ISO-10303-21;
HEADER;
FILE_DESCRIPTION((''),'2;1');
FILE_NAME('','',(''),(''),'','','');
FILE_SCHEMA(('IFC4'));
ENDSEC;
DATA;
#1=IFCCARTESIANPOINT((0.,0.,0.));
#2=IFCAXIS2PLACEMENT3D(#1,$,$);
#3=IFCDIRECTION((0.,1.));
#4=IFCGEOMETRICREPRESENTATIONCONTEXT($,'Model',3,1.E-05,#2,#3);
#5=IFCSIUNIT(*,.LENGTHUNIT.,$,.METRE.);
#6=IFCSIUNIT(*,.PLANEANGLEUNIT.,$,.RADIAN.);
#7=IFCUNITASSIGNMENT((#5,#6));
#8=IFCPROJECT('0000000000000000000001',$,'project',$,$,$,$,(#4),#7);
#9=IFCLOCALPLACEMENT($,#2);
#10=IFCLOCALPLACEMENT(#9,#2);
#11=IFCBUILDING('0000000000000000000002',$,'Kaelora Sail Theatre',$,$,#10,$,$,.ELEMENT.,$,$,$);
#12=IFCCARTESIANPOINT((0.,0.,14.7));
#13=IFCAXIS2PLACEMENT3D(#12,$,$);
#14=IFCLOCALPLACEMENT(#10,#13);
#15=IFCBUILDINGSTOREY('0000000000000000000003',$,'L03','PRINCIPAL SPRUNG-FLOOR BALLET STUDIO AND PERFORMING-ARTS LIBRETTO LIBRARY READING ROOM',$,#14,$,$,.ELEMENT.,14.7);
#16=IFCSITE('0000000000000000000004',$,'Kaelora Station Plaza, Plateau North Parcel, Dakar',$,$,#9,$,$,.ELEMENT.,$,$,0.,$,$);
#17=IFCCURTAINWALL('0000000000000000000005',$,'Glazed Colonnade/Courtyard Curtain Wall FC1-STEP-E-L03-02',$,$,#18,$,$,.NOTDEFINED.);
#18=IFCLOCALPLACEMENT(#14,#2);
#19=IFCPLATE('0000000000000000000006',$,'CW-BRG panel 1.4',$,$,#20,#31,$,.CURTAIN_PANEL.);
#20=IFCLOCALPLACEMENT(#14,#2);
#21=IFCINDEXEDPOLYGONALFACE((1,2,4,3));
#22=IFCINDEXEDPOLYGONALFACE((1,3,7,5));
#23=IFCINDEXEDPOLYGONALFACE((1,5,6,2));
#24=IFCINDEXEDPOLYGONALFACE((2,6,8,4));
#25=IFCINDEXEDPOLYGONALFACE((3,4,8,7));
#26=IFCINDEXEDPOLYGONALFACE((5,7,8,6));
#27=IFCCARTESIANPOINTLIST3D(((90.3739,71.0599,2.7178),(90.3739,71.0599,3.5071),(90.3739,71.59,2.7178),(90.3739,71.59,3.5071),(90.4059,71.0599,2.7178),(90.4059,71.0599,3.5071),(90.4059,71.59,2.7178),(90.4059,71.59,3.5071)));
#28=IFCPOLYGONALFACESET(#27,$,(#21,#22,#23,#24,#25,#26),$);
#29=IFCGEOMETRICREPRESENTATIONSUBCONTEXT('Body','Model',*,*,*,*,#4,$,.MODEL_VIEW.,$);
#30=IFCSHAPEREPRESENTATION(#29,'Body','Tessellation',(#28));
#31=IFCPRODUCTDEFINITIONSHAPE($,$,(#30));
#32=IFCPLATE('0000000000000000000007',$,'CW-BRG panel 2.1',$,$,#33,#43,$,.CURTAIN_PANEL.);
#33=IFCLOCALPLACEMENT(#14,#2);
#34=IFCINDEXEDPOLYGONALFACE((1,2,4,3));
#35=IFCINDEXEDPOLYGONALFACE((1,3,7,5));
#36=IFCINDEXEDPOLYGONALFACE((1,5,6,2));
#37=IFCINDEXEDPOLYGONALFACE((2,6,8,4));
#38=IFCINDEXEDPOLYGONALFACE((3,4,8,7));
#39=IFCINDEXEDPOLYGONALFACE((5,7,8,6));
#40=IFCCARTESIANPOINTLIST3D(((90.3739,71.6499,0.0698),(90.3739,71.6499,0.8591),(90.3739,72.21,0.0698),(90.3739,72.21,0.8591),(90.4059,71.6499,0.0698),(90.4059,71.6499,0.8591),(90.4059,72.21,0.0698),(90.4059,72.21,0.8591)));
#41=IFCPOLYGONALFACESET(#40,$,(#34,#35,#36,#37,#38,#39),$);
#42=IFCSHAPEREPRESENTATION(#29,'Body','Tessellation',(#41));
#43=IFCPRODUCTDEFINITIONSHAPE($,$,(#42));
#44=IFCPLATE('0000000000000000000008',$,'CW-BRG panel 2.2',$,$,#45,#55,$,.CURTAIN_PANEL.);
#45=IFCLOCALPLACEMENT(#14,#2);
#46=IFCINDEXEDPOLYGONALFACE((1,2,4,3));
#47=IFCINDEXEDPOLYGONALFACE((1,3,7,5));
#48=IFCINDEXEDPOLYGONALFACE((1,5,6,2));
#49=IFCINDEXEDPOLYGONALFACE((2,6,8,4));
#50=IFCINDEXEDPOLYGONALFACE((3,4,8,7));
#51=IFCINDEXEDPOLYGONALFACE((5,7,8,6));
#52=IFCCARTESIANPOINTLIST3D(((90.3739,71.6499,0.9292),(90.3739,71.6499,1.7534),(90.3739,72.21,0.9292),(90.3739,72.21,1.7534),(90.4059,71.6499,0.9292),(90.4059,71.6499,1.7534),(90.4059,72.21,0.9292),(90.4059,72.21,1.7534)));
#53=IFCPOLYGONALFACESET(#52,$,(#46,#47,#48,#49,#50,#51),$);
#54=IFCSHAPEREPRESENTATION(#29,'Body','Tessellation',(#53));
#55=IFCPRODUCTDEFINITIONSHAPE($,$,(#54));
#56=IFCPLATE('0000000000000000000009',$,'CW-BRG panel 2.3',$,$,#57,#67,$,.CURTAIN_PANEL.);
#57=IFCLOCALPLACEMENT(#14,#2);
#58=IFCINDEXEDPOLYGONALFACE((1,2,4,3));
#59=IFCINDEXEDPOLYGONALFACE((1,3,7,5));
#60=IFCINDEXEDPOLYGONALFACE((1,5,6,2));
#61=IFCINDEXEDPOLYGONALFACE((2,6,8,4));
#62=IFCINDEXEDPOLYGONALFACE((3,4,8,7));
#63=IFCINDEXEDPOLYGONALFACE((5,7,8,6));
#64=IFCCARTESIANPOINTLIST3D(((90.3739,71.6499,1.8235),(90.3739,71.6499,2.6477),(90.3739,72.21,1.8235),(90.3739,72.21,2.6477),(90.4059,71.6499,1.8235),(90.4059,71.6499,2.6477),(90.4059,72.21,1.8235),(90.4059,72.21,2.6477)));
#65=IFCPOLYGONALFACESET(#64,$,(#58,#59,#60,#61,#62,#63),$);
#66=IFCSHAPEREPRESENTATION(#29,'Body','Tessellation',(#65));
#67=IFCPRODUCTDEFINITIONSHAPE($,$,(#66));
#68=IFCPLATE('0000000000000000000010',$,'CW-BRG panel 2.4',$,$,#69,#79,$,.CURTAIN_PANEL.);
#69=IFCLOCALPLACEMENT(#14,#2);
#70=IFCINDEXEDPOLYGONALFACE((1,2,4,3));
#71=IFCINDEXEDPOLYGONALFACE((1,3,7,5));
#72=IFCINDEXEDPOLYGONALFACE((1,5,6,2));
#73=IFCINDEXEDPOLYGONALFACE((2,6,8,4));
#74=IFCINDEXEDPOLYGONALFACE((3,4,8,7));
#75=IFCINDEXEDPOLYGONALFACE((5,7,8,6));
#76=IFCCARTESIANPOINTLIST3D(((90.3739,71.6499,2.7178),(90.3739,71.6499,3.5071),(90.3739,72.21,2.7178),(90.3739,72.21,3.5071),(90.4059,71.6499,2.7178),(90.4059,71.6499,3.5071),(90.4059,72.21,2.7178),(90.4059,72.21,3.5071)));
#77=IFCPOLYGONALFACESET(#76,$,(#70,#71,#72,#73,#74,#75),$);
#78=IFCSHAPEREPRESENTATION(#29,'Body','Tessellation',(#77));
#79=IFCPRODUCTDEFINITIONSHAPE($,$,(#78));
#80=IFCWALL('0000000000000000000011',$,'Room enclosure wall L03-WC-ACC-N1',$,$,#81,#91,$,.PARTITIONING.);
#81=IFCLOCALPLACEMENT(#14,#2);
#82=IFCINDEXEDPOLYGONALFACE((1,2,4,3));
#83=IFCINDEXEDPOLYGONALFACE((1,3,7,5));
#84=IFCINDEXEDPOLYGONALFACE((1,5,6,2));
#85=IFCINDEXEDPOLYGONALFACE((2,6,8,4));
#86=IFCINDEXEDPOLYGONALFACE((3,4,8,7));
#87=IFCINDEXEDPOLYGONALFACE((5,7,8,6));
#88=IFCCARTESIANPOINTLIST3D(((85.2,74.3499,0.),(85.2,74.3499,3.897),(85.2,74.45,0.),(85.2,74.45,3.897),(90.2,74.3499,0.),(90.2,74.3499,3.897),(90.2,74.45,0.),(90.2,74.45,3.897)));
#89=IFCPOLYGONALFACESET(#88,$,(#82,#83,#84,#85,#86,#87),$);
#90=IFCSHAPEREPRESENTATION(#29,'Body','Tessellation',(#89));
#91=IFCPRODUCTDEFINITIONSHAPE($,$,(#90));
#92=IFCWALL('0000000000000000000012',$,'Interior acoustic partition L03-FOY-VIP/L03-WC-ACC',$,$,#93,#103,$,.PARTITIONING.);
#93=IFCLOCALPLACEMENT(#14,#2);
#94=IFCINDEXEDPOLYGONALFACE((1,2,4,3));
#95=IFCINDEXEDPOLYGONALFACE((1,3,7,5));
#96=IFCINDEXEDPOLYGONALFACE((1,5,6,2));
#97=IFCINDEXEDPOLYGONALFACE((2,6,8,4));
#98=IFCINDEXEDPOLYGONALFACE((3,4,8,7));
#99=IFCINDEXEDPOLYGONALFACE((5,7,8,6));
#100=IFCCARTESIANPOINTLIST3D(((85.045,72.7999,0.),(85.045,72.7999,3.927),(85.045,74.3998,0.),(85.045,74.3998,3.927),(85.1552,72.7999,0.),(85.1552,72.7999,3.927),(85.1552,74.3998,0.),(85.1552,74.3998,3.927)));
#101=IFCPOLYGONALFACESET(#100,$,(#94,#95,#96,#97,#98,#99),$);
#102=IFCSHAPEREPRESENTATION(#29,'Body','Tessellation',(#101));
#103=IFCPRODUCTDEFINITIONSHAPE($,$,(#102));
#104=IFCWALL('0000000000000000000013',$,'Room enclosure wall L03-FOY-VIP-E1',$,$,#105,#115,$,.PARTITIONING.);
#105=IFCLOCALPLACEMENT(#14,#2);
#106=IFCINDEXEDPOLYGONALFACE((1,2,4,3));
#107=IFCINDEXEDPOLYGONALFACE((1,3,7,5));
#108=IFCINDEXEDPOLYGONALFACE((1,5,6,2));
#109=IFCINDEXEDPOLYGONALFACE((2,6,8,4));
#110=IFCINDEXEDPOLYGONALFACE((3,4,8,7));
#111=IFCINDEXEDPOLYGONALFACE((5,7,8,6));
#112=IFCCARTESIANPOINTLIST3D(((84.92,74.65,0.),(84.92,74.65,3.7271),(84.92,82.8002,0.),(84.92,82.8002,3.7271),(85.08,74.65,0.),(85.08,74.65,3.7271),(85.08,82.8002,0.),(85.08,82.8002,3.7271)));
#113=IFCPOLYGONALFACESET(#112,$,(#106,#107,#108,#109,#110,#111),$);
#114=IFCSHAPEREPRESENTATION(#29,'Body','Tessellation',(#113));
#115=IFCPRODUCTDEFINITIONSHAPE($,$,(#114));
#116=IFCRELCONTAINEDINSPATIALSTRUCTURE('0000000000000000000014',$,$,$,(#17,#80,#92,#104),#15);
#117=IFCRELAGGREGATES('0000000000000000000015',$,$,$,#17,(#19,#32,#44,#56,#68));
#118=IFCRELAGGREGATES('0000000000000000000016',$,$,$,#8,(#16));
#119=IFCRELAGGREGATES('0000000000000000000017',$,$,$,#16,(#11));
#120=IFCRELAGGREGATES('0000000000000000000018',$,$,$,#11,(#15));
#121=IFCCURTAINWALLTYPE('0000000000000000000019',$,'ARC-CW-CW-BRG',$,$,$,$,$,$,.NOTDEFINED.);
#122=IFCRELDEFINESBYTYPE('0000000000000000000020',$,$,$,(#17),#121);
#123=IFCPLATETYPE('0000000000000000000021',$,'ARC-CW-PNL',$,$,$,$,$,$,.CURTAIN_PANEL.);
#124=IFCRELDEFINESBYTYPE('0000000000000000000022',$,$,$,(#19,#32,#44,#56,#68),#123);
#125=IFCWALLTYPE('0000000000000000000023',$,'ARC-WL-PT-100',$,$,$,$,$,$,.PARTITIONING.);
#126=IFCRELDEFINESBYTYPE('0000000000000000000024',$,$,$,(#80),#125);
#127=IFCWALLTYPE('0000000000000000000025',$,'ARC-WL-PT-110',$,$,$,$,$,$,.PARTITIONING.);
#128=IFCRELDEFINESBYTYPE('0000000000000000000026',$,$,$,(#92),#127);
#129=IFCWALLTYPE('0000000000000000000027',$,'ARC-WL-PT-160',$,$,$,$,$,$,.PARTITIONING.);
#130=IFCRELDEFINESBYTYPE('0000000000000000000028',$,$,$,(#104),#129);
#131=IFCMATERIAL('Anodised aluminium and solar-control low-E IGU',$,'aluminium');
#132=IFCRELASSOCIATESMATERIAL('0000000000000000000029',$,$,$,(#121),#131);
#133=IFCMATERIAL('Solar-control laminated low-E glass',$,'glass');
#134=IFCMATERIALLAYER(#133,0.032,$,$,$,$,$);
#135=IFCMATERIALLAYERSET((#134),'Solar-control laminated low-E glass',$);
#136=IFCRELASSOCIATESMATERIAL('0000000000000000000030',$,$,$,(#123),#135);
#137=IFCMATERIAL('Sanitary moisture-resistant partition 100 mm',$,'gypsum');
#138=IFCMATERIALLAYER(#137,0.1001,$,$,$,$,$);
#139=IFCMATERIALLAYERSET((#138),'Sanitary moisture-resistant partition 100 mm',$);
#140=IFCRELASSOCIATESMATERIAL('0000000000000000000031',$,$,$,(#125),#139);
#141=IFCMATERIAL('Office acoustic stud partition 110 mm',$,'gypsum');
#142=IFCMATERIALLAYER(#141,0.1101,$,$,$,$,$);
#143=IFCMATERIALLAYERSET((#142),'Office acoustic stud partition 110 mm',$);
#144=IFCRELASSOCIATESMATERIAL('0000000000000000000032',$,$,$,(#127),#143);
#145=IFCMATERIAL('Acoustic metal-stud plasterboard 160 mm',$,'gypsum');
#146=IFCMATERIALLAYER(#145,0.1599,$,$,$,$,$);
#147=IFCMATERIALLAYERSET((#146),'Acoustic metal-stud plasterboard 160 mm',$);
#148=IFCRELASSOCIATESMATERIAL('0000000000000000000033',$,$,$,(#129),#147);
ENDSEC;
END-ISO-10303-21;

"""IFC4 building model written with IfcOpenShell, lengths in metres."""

from ifc_helpers import new_model, si_unit, direction, frame, frame_2d, origin, origin_2d, place, context, subcontext, project, spatial, rectangle, extrude, material, layer, layer_set, type_object, element, aggregate, save


model = new_model("IFC4")

# Units and contexts
model_context = context("Model", 3, precision=1e-05, world=origin(), true_north=direction((0.0, 1.0)))
body_context = subcontext(model_context, "Body", "Model", "MODEL_VIEW")
ifc_project = project(units=[si_unit("LENGTHUNIT", "METRE"), si_unit("PLANEANGLEUNIT", "RADIAN")], contexts=[model_context])

# Site, building, storey
site_placement = place(None, origin())
site = spatial("IfcSite", under=ifc_project, at=site_placement, Name="Kaelora Station Plaza, Plateau North Parcel, Dakar", CompositionType="ELEMENT", RefElevation=0.0)
building_placement = place(site_placement, origin())
building = spatial("IfcBuilding", under=site, at=building_placement, Name="Kaelora Sail Theatre", CompositionType="ELEMENT")
storey_placement = place(building_placement, frame((0.0, 0.0, 14.7)))
storey = spatial("IfcBuildingStorey", under=building, at=storey_placement, Name="L03", Description="PRINCIPAL SPRUNG-FLOOR BALLET STUDIO AND PERFORMING-ARTS LIBRETTO LIBRARY READING ROOM", CompositionType="ELEMENT", Elevation=14.7)

# Curtain wall
ifc_material_1 = material(Name="Anodised aluminium and solar-control low-E IGU", Category="aluminium")
curtain_wall_type = type_object("IfcCurtainWallType", Name="ARC-CW-CW-BRG", PredefinedType="NOTDEFINED", material=ifc_material_1)
curtain_wall_placement = place(storey_placement, origin())
curtain_wall = element("IfcCurtainWall", 1, at=curtain_wall_placement, inside=storey, type_object=curtain_wall_type, Name="Glazed Colonnade/Courtyard Curtain Wall FC1-STEP-E-L03-02", PredefinedType="NOTDEFINED")

# Plates
ifc_material_2 = material(Name="Solar-control laminated low-E glass", Category="glass")
ifc_layer_1 = layer(ifc_material_2, 0.032)
ifc_layer_set_1 = layer_set([ifc_layer_1], Name="Solar-control laminated low-E glass")
plate_type = type_object("IfcPlateType", Name="ARC-CW-PNL", PredefinedType="CURTAIN_PANEL", material=ifc_layer_set_1)
plate_1_placement = place(storey_placement, frame((90.3899, 71.325, 2.7178), z_axis=(0.0, 0.0, 1.0), x_axis=(0.0, 1.0, 0.0)))
plate_1 = element("IfcPlate", 2, at=plate_1_placement, type_object=plate_type, Name="CW-BRG panel 1.4", PredefinedType="CURTAIN_PANEL", context=body_context, shape_type="SweptSolid", body=[
    extrude(rectangle(XDim=0.53, YDim=0.032, at=origin_2d()), origin(), (0.0, 0.0, 1.0), 0.7893),
])
plate_2_placement = place(storey_placement, frame((90.3899, 71.9299, 0.0698), z_axis=(0.0, 0.0, 1.0), x_axis=(0.0, 1.0, 0.0)))
plate_2 = element("IfcPlate", 3, at=plate_2_placement, type_object=plate_type, Name="CW-BRG panel 2.1", PredefinedType="CURTAIN_PANEL", context=body_context, shape_type="SweptSolid", body=[
    extrude(rectangle(XDim=0.5601, YDim=0.032, at=origin_2d()), origin(), (0.0, 0.0, 1.0), 0.7893),
])
plate_3_placement = place(storey_placement, frame((90.3899, 71.9299, 0.9292), z_axis=(0.0, 0.0, 1.0), x_axis=(0.0, 1.0, 0.0)))
plate_3 = element("IfcPlate", 4, at=plate_3_placement, type_object=plate_type, Name="CW-BRG panel 2.2", PredefinedType="CURTAIN_PANEL", context=body_context, shape_type="SweptSolid", body=[
    extrude(rectangle(XDim=0.5601, YDim=0.032, at=origin_2d()), origin(), (0.0, 0.0, 1.0), 0.8242),
])
plate_4_placement = place(storey_placement, frame((90.3899, 71.9299, 1.8235), z_axis=(0.0, 0.0, 1.0), x_axis=(0.0, 1.0, 0.0)))
plate_4 = element("IfcPlate", 5, at=plate_4_placement, type_object=plate_type, Name="CW-BRG panel 2.3", PredefinedType="CURTAIN_PANEL", context=body_context, shape_type="SweptSolid", body=[
    extrude(rectangle(XDim=0.5601, YDim=0.032, at=origin_2d()), origin(), (0.0, 0.0, 1.0), 0.8242),
])
plate_5_placement = place(storey_placement, frame((90.3899, 71.9299, 2.7178), z_axis=(0.0, 0.0, 1.0), x_axis=(0.0, 1.0, 0.0)))
plate_5 = element("IfcPlate", 6, at=plate_5_placement, type_object=plate_type, Name="CW-BRG panel 2.4", PredefinedType="CURTAIN_PANEL", context=body_context, shape_type="SweptSolid", body=[
    extrude(rectangle(XDim=0.5601, YDim=0.032, at=origin_2d()), origin(), (0.0, 0.0, 1.0), 0.7893),
])
aggregate(curtain_wall, [plate_1, plate_2, plate_3, plate_4, plate_5])

# Walls
ifc_material_3 = material(Name="Sanitary moisture-resistant partition 100 mm", Category="gypsum")
ifc_layer_2 = layer(ifc_material_3, 0.1001)
ifc_layer_set_2 = layer_set([ifc_layer_2], Name="Sanitary moisture-resistant partition 100 mm")
wall_type_1 = type_object("IfcWallType", Name="ARC-WL-PT-100", PredefinedType="PARTITIONING", material=ifc_layer_set_2)
wall_1_placement = place(storey_placement, frame((85.2, 74.3999, 0.0), z_axis=(0.0, 0.0, 1.0), x_axis=(1.0, 0.0, 0.0)))
element("IfcWall", 7, at=wall_1_placement, inside=storey, type_object=wall_type_1, Name="Room enclosure wall L03-WC-ACC-N1", PredefinedType="PARTITIONING", context=body_context, shape_type="SweptSolid", body=[
    extrude(rectangle(XDim=5.0, YDim=0.1001, at=frame_2d((2.5, 0.0))), origin(), (0.0, 0.0, 1.0), 3.897),
])
ifc_material_4 = material(Name="Office acoustic stud partition 110 mm", Category="gypsum")
ifc_layer_3 = layer(ifc_material_4, 0.1101)
ifc_layer_set_3 = layer_set([ifc_layer_3], Name="Office acoustic stud partition 110 mm")
wall_type_2 = type_object("IfcWallType", Name="ARC-WL-PT-110", PredefinedType="PARTITIONING", material=ifc_layer_set_3)
wall_2_placement = place(storey_placement, frame((85.1001, 72.8, 0.0), z_axis=(0.0, 0.0, 1.0), x_axis=(0.0, 1.0, 0.0)))
element("IfcWall", 8, at=wall_2_placement, inside=storey, type_object=wall_type_2, Name="Interior acoustic partition L03-FOY-VIP/L03-WC-ACC", PredefinedType="PARTITIONING", context=body_context, shape_type="SweptSolid", body=[
    extrude(rectangle(XDim=1.5999, YDim=0.1101, at=frame_2d((0.7998, 0.0))), origin(), (0.0, 0.0, 1.0), 3.927),
])
ifc_material_5 = material(Name="Acoustic metal-stud plasterboard 160 mm", Category="gypsum")
ifc_layer_4 = layer(ifc_material_5, 0.1599)
ifc_layer_set_4 = layer_set([ifc_layer_4], Name="Acoustic metal-stud plasterboard 160 mm")
wall_type_3 = type_object("IfcWallType", Name="ARC-WL-PT-160", PredefinedType="PARTITIONING", material=ifc_layer_set_4)
wall_3_placement = place(storey_placement, frame((85.0, 74.6499, 0.0), z_axis=(0.0, 0.0, 1.0), x_axis=(0.0, 1.0, 0.0)))
element("IfcWall", 9, at=wall_3_placement, inside=storey, type_object=wall_type_3, Name="Room enclosure wall L03-FOY-VIP-E1", PredefinedType="PARTITIONING", context=body_context, shape_type="SweptSolid", body=[
    extrude(rectangle(XDim=8.1501, YDim=0.1599, at=frame_2d((4.0752, 0.0))), origin(), (0.0, 0.0, 1.0), 3.7271),
])

save(model, "model.ifc")
